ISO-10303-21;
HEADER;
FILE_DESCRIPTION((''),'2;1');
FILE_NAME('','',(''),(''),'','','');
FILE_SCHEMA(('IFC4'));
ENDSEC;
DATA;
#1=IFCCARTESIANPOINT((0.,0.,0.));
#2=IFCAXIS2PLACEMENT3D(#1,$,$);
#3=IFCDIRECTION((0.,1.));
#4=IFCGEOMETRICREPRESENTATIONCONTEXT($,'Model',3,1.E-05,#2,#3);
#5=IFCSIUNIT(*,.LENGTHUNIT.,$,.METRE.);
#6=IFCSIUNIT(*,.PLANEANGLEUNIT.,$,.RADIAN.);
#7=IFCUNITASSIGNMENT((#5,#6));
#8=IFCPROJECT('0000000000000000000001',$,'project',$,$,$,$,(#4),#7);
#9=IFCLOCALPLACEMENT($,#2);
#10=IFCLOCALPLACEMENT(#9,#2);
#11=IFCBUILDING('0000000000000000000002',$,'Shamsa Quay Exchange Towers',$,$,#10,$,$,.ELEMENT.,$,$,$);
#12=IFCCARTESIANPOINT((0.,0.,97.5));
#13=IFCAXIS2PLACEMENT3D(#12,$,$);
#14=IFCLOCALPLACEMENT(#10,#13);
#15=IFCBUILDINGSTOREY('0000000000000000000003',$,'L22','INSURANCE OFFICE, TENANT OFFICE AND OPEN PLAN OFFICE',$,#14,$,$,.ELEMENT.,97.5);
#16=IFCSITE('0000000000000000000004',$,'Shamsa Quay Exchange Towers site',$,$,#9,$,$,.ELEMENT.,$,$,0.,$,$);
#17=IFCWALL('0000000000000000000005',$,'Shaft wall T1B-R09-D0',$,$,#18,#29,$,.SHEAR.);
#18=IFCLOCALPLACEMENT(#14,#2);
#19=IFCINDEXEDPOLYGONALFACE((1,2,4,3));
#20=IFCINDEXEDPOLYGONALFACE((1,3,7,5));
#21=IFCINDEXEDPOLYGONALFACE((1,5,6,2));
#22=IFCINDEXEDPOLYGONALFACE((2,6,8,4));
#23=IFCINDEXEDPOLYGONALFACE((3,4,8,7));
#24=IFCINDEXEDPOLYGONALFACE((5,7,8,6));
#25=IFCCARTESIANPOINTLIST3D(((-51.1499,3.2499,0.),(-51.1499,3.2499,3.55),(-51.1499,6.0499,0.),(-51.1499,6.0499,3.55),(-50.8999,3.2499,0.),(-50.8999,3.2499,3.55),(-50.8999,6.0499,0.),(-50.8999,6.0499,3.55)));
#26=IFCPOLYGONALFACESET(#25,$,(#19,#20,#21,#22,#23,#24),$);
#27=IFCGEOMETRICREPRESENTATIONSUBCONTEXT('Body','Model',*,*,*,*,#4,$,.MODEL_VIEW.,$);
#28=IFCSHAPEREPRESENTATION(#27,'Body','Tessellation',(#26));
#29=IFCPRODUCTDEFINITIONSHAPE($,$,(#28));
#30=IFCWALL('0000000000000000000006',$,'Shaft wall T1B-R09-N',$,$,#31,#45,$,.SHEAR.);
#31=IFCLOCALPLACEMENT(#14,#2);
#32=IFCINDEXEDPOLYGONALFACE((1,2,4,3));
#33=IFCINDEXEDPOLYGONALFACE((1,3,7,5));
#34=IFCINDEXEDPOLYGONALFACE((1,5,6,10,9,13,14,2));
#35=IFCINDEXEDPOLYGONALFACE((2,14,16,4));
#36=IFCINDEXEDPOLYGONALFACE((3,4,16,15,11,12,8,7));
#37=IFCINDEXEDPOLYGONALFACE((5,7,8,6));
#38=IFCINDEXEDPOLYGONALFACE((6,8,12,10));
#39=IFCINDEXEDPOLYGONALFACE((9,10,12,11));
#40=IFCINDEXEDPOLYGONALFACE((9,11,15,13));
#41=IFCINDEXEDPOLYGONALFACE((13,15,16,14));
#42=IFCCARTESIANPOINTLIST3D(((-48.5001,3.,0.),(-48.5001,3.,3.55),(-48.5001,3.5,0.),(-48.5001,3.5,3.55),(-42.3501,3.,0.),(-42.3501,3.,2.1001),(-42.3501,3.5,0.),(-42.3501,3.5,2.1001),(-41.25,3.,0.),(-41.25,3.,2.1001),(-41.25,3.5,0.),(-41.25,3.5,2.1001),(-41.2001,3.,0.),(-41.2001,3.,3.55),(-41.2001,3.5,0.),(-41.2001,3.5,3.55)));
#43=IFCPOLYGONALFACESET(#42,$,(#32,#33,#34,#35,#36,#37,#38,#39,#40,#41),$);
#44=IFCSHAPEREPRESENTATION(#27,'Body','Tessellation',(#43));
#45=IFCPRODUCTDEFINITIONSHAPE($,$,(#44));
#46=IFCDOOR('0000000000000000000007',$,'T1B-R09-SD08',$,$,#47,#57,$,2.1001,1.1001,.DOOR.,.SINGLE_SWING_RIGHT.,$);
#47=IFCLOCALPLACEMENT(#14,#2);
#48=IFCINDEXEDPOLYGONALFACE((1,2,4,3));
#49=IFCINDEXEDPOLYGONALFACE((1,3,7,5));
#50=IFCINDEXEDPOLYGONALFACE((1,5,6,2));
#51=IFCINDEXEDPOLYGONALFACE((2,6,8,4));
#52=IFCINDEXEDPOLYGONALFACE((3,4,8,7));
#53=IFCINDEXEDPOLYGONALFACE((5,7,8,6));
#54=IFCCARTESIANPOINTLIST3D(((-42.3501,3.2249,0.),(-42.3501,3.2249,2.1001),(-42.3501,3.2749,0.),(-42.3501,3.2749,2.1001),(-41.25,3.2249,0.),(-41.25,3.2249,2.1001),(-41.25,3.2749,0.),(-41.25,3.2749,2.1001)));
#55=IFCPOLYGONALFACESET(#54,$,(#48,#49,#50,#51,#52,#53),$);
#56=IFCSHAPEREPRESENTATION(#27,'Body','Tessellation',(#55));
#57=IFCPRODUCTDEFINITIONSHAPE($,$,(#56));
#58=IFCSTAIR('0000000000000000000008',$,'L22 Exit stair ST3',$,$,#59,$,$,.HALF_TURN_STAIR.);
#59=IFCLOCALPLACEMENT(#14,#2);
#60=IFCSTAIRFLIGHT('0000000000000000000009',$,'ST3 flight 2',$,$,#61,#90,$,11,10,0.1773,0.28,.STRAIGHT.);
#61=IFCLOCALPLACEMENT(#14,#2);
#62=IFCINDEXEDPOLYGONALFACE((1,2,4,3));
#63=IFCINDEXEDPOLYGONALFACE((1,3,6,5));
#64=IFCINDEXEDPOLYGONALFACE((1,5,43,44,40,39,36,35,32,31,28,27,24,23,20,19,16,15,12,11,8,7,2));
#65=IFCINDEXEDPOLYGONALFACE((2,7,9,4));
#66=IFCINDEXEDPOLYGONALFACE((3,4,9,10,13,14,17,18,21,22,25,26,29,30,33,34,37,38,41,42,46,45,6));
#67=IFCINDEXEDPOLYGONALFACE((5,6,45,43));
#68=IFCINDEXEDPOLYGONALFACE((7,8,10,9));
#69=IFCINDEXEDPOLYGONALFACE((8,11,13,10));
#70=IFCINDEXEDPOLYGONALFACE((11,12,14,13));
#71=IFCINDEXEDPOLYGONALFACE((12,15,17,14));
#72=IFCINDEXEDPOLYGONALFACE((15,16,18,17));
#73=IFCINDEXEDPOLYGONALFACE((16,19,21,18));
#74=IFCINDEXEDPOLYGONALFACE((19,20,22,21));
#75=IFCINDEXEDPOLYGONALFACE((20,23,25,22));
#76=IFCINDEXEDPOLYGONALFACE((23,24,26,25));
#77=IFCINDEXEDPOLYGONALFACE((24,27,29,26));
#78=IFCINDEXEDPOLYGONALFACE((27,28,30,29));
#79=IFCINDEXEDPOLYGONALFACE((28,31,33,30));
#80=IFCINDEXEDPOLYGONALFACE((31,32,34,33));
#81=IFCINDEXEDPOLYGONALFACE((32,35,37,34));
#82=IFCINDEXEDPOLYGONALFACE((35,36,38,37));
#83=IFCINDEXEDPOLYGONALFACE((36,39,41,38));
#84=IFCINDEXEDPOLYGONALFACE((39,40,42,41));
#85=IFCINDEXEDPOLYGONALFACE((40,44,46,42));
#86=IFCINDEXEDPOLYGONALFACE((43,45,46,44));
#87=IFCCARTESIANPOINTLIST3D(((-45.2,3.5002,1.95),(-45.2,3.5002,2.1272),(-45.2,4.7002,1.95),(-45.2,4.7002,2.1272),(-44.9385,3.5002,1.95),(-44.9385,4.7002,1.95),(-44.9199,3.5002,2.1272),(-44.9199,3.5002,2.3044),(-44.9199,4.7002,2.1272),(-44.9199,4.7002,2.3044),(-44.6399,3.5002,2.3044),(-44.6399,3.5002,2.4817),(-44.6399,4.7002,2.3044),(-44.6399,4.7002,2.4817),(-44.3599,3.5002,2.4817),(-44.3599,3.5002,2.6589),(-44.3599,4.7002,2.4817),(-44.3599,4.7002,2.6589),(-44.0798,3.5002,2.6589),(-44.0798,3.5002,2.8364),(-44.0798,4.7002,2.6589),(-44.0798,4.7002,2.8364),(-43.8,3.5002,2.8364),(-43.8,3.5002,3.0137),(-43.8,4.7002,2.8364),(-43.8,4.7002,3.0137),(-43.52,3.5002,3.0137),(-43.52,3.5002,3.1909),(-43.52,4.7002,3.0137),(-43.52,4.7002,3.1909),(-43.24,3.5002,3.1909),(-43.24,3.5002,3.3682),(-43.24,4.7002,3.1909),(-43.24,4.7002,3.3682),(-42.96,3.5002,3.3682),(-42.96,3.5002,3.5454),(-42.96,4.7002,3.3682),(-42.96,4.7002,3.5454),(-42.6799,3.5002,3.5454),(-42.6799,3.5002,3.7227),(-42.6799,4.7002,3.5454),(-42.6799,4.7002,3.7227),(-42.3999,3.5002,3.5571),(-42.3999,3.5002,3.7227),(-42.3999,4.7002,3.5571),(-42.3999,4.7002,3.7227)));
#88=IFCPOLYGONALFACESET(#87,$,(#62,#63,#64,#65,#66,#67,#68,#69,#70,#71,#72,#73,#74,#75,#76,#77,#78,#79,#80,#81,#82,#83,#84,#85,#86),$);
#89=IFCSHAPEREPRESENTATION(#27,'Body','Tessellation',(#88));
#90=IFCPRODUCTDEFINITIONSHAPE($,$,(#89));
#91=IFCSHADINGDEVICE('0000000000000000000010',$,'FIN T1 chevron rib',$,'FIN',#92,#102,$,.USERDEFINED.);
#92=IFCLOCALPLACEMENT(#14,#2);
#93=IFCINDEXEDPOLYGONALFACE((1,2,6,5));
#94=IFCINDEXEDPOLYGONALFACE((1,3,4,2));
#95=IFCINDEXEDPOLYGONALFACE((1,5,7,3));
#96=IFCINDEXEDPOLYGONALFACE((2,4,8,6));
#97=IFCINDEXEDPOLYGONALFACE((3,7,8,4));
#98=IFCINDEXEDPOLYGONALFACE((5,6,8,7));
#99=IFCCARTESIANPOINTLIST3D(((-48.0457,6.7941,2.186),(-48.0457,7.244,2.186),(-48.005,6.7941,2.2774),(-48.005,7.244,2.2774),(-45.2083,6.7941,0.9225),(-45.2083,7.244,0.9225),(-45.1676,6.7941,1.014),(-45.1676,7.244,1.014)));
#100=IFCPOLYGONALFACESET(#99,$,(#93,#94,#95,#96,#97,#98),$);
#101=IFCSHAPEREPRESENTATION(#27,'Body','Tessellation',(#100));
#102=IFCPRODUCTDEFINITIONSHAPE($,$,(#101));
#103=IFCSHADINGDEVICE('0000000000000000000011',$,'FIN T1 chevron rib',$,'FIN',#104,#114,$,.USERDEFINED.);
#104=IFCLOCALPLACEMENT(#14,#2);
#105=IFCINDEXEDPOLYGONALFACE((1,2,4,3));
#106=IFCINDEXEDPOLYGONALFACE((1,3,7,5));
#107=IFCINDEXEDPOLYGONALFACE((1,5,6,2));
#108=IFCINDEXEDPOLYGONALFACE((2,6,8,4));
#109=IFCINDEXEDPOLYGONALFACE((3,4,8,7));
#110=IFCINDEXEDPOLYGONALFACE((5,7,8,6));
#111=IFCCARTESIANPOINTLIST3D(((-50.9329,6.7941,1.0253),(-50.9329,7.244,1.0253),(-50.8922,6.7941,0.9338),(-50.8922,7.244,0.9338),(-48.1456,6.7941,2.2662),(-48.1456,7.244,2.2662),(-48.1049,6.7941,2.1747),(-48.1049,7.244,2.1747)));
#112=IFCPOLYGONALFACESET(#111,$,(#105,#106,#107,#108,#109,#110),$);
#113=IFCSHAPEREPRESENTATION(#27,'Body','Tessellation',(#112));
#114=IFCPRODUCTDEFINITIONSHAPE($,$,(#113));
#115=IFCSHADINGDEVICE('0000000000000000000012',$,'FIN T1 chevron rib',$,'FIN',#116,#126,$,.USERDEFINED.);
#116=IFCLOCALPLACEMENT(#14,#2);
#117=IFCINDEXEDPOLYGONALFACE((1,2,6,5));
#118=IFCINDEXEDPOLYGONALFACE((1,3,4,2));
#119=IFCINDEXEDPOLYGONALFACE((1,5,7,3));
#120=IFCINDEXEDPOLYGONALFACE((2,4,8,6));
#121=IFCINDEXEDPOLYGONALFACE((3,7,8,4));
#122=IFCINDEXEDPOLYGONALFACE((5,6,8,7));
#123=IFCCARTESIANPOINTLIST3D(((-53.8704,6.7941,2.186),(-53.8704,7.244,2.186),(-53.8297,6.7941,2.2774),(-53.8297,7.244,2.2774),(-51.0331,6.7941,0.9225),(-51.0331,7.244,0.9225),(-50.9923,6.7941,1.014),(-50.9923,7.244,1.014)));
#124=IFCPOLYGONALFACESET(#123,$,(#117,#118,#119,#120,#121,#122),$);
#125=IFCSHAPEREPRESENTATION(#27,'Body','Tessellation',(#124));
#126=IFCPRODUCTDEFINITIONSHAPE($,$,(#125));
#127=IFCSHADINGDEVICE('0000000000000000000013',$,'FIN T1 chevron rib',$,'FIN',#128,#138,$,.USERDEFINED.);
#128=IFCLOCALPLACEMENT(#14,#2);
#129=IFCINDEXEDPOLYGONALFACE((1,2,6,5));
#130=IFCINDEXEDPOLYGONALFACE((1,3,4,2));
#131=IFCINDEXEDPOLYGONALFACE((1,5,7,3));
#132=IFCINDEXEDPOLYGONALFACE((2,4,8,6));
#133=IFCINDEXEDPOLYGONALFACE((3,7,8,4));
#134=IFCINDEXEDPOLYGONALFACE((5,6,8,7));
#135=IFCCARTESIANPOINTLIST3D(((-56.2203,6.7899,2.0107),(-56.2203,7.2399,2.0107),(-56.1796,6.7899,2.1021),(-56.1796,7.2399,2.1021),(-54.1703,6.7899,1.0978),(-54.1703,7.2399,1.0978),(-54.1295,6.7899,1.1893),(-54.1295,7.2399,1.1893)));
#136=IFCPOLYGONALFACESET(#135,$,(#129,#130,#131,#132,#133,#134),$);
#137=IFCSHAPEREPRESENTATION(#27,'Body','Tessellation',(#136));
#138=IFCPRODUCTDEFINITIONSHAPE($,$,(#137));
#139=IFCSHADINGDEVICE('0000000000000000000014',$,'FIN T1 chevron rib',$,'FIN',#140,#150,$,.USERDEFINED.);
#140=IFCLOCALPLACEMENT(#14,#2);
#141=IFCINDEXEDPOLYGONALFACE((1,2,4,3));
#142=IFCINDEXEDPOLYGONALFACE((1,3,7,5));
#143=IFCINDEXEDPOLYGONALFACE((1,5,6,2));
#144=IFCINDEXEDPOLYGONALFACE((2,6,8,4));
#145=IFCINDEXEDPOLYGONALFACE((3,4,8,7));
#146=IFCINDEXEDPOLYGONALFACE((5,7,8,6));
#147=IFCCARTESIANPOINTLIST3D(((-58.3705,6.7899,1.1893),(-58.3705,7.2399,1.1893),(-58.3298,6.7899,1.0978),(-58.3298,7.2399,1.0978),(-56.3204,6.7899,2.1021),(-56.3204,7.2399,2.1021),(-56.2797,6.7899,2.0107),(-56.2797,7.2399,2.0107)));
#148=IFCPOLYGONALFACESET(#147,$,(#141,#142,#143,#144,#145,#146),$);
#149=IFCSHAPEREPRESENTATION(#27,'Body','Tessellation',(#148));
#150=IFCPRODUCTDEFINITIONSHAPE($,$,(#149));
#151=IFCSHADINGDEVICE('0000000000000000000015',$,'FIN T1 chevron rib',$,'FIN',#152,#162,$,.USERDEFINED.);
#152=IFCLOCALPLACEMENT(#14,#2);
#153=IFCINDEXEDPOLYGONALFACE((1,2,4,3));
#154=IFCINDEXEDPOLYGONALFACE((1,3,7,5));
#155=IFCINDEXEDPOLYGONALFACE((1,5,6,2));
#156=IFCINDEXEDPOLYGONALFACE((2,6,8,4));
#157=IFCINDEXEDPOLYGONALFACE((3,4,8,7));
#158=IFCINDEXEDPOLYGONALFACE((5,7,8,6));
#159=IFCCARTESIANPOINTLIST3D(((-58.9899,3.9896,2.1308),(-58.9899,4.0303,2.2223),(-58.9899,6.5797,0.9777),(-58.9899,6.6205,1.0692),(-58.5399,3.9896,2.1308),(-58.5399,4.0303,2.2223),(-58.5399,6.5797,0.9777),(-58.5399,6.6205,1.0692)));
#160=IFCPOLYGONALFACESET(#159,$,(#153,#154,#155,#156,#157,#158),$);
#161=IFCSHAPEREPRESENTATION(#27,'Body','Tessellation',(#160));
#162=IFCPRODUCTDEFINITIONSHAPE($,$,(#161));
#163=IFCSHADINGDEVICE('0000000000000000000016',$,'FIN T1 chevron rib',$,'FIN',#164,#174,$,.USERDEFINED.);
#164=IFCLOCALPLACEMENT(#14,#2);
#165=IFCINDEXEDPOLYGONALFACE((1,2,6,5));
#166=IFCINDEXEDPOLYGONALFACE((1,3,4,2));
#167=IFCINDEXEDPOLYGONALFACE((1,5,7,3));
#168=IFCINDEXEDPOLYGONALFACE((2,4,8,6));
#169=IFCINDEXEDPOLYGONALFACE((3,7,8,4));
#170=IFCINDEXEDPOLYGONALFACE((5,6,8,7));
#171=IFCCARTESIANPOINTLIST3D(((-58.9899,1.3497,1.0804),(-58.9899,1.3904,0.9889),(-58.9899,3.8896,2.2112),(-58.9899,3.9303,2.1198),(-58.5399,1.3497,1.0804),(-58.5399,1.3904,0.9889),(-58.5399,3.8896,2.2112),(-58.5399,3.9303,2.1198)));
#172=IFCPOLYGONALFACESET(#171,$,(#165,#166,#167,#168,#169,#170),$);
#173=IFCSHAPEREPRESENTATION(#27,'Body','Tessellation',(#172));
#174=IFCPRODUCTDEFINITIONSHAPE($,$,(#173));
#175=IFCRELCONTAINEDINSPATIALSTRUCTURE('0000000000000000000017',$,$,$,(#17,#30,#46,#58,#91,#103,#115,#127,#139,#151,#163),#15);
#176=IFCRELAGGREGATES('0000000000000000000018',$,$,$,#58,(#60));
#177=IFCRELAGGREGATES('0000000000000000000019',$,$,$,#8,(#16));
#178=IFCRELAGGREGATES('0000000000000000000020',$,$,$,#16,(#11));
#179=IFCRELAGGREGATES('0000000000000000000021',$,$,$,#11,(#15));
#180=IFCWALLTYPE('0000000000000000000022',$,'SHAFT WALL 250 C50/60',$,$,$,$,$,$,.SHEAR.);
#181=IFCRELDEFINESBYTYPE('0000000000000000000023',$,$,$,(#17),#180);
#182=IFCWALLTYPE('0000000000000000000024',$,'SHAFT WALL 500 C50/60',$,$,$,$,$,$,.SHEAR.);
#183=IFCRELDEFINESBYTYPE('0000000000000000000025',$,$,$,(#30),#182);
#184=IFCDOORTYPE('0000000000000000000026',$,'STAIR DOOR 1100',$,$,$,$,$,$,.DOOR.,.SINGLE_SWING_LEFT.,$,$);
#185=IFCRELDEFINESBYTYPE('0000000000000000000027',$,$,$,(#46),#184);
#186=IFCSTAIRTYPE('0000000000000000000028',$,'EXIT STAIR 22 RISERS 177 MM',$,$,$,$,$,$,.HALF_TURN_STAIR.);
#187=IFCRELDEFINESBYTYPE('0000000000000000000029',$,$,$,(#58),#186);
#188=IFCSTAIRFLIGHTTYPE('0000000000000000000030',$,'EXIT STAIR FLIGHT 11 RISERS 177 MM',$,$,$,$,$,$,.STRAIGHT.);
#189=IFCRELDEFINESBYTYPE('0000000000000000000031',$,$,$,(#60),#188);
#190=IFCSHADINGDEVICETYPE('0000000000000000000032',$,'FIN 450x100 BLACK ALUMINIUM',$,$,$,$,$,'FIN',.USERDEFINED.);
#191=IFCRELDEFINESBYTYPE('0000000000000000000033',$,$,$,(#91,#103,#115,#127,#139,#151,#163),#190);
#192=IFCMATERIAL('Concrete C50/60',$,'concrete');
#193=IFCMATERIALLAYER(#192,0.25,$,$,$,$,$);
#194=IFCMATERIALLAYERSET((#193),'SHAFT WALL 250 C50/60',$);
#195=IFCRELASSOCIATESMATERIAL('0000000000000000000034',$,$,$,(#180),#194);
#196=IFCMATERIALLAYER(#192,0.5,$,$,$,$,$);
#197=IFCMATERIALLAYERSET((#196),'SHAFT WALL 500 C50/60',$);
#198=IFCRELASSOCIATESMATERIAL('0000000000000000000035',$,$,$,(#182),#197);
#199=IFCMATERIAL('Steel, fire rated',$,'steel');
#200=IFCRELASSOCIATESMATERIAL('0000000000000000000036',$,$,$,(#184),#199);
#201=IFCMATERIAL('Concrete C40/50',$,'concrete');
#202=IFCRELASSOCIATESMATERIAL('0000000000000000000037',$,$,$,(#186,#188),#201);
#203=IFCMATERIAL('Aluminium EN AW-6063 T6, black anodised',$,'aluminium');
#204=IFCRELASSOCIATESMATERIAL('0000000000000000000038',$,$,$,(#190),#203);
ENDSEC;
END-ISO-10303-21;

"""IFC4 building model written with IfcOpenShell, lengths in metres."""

from ifc_helpers import new_model, si_unit, direction, frame, frame_2d, origin, origin_2d, place, context, subcontext, project, spatial, polyline, rectangle, outline, extrude, material, layer, layer_set, material_profile, profile_set, type_object, element, fill, aggregate, save


model = new_model("IFC4")

# Units and contexts
model_context = context("Model", 3, precision=1e-05, world=origin(), true_north=direction((0.0, 1.0)))
body_context = subcontext(model_context, "Body", "Model", "MODEL_VIEW")
ifc_project = project(units=[si_unit("LENGTHUNIT", "METRE"), si_unit("PLANEANGLEUNIT", "RADIAN")], contexts=[model_context])

# Site, building, storey
site_placement = place(None, origin())
site = spatial("IfcSite", under=ifc_project, at=site_placement, Name="Shamsa Quay Exchange Towers site", CompositionType="ELEMENT", RefElevation=0.0)
building_placement = place(site_placement, origin())
building = spatial("IfcBuilding", under=site, at=building_placement, Name="Shamsa Quay Exchange Towers", CompositionType="ELEMENT")
storey_placement = place(building_placement, frame((0.0, 0.0, 97.5)))
storey = spatial("IfcBuildingStorey", under=building, at=storey_placement, Name="L22", Description="INSURANCE OFFICE, TENANT OFFICE AND OPEN PLAN OFFICE", CompositionType="ELEMENT", Elevation=97.5)

# Shared definitions
ifc_material_1 = material(Name="Aluminium EN AW-6063 T6, black anodised", Category="aluminium")

# Shared definitions
ifc_material_2 = material(Name="Concrete C50/60", Category="concrete")
ifc_layer_1 = layer(ifc_material_2, 0.25)
ifc_layer_set_1 = layer_set([ifc_layer_1], Name="SHAFT WALL 250 C50/60")
wall_type_1 = type_object("IfcWallType", Name="SHAFT WALL 250 C50/60", PredefinedType="SHEAR", material=ifc_layer_set_1)
ifc_material_3 = material(Name="Steel, fire rated", Category="steel")

# Wall
for number, where, z_axis, x_axis, name in (
    (1, (-51.0249, 3.25, 0.0), (0.0, 0.0, 1.0), (0.0, 1.0, 0.0), "Shaft wall T1B-R09-D0"),
):
    element("IfcWall", number, at=place(storey_placement, frame(where, z_axis=z_axis, x_axis=x_axis)), inside=storey, type_object=wall_type_1, Name=name, PredefinedType="SHEAR", context=body_context, shape_type="SweptSolid", body=[
        extrude(rectangle(XDim=2.8, YDim=0.25, at=frame_2d((1.3999, 0.0))), origin(), (0.0, 0.0, 1.0), 3.55),
    ])

# Wall, opening, door
ifc_layer_2 = layer(ifc_material_2, 0.5)
ifc_layer_set_2 = layer_set([ifc_layer_2], Name="SHAFT WALL 500 C50/60")
wall_type_2 = type_object("IfcWallType", Name="SHAFT WALL 500 C50/60", PredefinedType="SHEAR", material=ifc_layer_set_2)
wall_1_placement = place(storey_placement, frame((-48.5, 3.25, 0.0)))
wall_1 = element("IfcWall", 2, at=wall_1_placement, inside=storey, type_object=wall_type_2, Name="Shaft wall T1B-R09-N", PredefinedType="SHEAR", context=body_context, shape_type="SweptSolid", body=[
    extrude(rectangle(XDim=7.3, YDim=0.5, at=frame_2d((3.6499, 0.0))), origin(), (0.0, 0.0, 1.0), 3.55),
])
opening_1_placement = place(wall_1_placement, frame((6.1499, 0.0, 0.0)))
opening_1 = element("IfcOpeningElement", 3, at=opening_1_placement, cuts=wall_1, PredefinedType="OPENING", context=body_context, shape_type="SweptSolid", body=[
    extrude(rectangle(XDim=1.1001, YDim=2.1001, at=frame_2d((0.55, 1.05))), frame((0.0, 0.26, 0.0), z_axis=(0.0, -1.0, 0.0), x_axis=(1.0, 0.0, 0.0)), (0.0, 0.0, 1.0), 0.52),
])
door_type_1 = type_object("IfcDoorType", Name="STAIR DOOR 1100", OperationType="SINGLE_SWING_LEFT", PredefinedType="DOOR", material=ifc_material_3)
door_1_placement = place(opening_1_placement, origin())
door_1 = element("IfcDoor", 4, at=door_1_placement, inside=storey, type_object=door_type_1, Name="T1B-R09-SD08", OperationType="SINGLE_SWING_RIGHT", OverallHeight=2.1001, OverallWidth=1.1001, PredefinedType="DOOR", context=body_context, shape_type="SweptSolid", body=[
    extrude(rectangle(XDim=1.1001, YDim=2.1001, at=frame_2d((0.55, 1.05))), frame((0.0, 0.0249, 0.0), z_axis=(0.0, -1.0, 0.0), x_axis=(1.0, 0.0, 0.0)), (0.0, 0.0, 1.0), 0.05),
])
fill(opening_1, door_1)

# Stair, stair flight
ifc_material_4 = material(Name="Concrete C40/50", Category="concrete")
stair_type = type_object("IfcStairType", Name="EXIT STAIR 22 RISERS 177 MM", PredefinedType="HALF_TURN_STAIR", material=ifc_material_4)
stair_placement = place(storey_placement, origin())
stair = element("IfcStair", 5, at=stair_placement, inside=storey, type_object=stair_type, Name="L22 Exit stair ST3", PredefinedType="HALF_TURN_STAIR")
stair_flight_type = type_object("IfcStairFlightType", Name="EXIT STAIR FLIGHT 11 RISERS 177 MM", PredefinedType="STRAIGHT", material=ifc_material_4)
stair_flight_placement = place(storey_placement, frame((-45.2, 4.1001, 1.95)))
stair_flight = element("IfcStairFlight", 6, at=stair_flight_placement, type_object=stair_flight_type, Name="ST3 flight 2", NumberOfRisers=11, NumberOfTreads=10, PredefinedType="STRAIGHT", RiserHeight=0.1773, TreadLength=0.28, context=body_context, shape_type="SweptSolid", body=[
    extrude(outline(polyline([(0.0, 0.0), (0.0, 0.1772), (0.28, 0.1772), (0.28, 0.3545), (0.5601, 0.3545), (0.5601, 0.5317), (0.8401, 0.5317), (0.8401, 0.709), (1.1201, 0.709), (1.1201, 0.8865), (1.3999, 0.8865), (1.3999, 1.0637), (1.6799, 1.0637), (1.6799, 1.241), (1.96, 1.241), (1.96, 1.4182), (2.24, 1.4182), (2.24, 1.5955), (2.52, 1.5955), (2.52, 1.7727), (2.8, 1.7727), (2.8, 1.95), (2.8, 1.6072), (0.2615, 0.0), (0.0, 0.0)])), frame((0.0, 0.6001, 0.0), z_axis=(0.0, -1.0, 0.0), x_axis=(1.0, 0.0, 0.0)), (0.0, 0.0, 1.0), 1.2),
])
aggregate(stair, [stair_flight])

# Shading devices
ifc_material_profile_1 = material_profile(ifc_material_1, rectangle(XDim=0.45, YDim=0.1001, at=origin_2d()), Name="FIN450x100")
ifc_profile_set_1 = profile_set([ifc_material_profile_1], Name="Aluminium EN AW-6063 T6, black anodised")
shading_device_type = type_object("IfcShadingDeviceType", Name="FIN 450x100 BLACK ALUMINIUM", ElementType="FIN", PredefinedType="USERDEFINED", material=ifc_profile_set_1)
shading_device_1_placement = place(storey_placement, frame((-45.188, 7.019, 0.9683), z_axis=(-0.913529, 0.0, 0.406773), x_axis=(0.0, -1.0, 0.0)))
element("IfcShadingDevice", 7, at=shading_device_1_placement, inside=storey, type_object=shading_device_type, Name="FIN T1 chevron rib", ObjectType="FIN", PredefinedType="USERDEFINED", context=body_context, shape_type="SweptSolid", body=[
    extrude(rectangle(XDim=0.45, YDim=0.1001, at=origin_2d()), origin(), (0.0, 0.0, 1.0), 3.106),
])
shading_device_2_placement = place(storey_placement, frame((-48.1252, 7.019, 2.2205), z_axis=(-0.913551, 0.0, -0.406725), x_axis=(0.0, -1.0, 0.0)))
element("IfcShadingDevice", 8, at=shading_device_2_placement, inside=storey, type_object=shading_device_type, Name="FIN T1 chevron rib", ObjectType="FIN", PredefinedType="USERDEFINED", context=body_context, shape_type="SweptSolid", body=[
    extrude(rectangle(XDim=0.45, YDim=0.1001, at=origin_2d()), origin(), (0.0, 0.0, 1.0), 3.051),
])
shading_device_3_placement = place(storey_placement, frame((-51.0127, 7.019, 0.9683), z_axis=(-0.913529, 0.0, 0.406773), x_axis=(0.0, -1.0, 0.0)))
element("IfcShadingDevice", 9, at=shading_device_3_placement, inside=storey, type_object=shading_device_type, Name="FIN T1 chevron rib", ObjectType="FIN", PredefinedType="USERDEFINED", context=body_context, shape_type="SweptSolid", body=[
    extrude(rectangle(XDim=0.45, YDim=0.1001, at=origin_2d()), origin(), (0.0, 0.0, 1.0), 3.106),
])
for number, where, z_axis, x_axis, name in (
    (10, (-54.1499, 7.0149, 1.1436), (-0.913529, 0.0, 0.406774), (0.0, -1.0, 0.0), "FIN T1 chevron rib"),
    (11, (-56.3, 7.0149, 2.0564), (-0.913529, 0.0, -0.406774), (0.0, -1.0, 0.0), "FIN T1 chevron rib"),
):
    element("IfcShadingDevice", number, at=place(storey_placement, frame(where, z_axis=z_axis, x_axis=x_axis)), inside=storey, type_object=shading_device_type, Name=name, ObjectType="FIN", PredefinedType="USERDEFINED", context=body_context, shape_type="SweptSolid", body=[
        extrude(rectangle(XDim=0.45, YDim=0.1001, at=origin_2d()), origin(), (0.0, 0.0, 1.0), 2.2441),
    ])
shading_device_4_placement = place(storey_placement, frame((-58.7649, 6.6001, 1.0234), z_axis=(0.0, -0.913559, 0.406706), x_axis=(1.0, 0.0, 0.0)))
element("IfcShadingDevice", 12, at=shading_device_4_placement, inside=storey, type_object=shading_device_type, Name="FIN T1 chevron rib", ObjectType="FIN", PredefinedType="USERDEFINED", context=body_context, shape_type="SweptSolid", body=[
    extrude(rectangle(XDim=0.45, YDim=0.1001, at=origin_2d()), origin(), (0.0, 0.0, 1.0), 2.8352),
])
shading_device_5_placement = place(storey_placement, frame((-58.7649, 3.9099, 2.1655), z_axis=(0.0, -0.913536, -0.406758), x_axis=(1.0, 0.0, 0.0)))
element("IfcShadingDevice", 13, at=shading_device_5_placement, inside=storey, type_object=shading_device_type, Name="FIN T1 chevron rib", ObjectType="FIN", PredefinedType="USERDEFINED", context=body_context, shape_type="SweptSolid", body=[
    extrude(rectangle(XDim=0.45, YDim=0.1001, at=origin_2d()), origin(), (0.0, 0.0, 1.0), 2.7803),
])

save(model, "model.ifc")
